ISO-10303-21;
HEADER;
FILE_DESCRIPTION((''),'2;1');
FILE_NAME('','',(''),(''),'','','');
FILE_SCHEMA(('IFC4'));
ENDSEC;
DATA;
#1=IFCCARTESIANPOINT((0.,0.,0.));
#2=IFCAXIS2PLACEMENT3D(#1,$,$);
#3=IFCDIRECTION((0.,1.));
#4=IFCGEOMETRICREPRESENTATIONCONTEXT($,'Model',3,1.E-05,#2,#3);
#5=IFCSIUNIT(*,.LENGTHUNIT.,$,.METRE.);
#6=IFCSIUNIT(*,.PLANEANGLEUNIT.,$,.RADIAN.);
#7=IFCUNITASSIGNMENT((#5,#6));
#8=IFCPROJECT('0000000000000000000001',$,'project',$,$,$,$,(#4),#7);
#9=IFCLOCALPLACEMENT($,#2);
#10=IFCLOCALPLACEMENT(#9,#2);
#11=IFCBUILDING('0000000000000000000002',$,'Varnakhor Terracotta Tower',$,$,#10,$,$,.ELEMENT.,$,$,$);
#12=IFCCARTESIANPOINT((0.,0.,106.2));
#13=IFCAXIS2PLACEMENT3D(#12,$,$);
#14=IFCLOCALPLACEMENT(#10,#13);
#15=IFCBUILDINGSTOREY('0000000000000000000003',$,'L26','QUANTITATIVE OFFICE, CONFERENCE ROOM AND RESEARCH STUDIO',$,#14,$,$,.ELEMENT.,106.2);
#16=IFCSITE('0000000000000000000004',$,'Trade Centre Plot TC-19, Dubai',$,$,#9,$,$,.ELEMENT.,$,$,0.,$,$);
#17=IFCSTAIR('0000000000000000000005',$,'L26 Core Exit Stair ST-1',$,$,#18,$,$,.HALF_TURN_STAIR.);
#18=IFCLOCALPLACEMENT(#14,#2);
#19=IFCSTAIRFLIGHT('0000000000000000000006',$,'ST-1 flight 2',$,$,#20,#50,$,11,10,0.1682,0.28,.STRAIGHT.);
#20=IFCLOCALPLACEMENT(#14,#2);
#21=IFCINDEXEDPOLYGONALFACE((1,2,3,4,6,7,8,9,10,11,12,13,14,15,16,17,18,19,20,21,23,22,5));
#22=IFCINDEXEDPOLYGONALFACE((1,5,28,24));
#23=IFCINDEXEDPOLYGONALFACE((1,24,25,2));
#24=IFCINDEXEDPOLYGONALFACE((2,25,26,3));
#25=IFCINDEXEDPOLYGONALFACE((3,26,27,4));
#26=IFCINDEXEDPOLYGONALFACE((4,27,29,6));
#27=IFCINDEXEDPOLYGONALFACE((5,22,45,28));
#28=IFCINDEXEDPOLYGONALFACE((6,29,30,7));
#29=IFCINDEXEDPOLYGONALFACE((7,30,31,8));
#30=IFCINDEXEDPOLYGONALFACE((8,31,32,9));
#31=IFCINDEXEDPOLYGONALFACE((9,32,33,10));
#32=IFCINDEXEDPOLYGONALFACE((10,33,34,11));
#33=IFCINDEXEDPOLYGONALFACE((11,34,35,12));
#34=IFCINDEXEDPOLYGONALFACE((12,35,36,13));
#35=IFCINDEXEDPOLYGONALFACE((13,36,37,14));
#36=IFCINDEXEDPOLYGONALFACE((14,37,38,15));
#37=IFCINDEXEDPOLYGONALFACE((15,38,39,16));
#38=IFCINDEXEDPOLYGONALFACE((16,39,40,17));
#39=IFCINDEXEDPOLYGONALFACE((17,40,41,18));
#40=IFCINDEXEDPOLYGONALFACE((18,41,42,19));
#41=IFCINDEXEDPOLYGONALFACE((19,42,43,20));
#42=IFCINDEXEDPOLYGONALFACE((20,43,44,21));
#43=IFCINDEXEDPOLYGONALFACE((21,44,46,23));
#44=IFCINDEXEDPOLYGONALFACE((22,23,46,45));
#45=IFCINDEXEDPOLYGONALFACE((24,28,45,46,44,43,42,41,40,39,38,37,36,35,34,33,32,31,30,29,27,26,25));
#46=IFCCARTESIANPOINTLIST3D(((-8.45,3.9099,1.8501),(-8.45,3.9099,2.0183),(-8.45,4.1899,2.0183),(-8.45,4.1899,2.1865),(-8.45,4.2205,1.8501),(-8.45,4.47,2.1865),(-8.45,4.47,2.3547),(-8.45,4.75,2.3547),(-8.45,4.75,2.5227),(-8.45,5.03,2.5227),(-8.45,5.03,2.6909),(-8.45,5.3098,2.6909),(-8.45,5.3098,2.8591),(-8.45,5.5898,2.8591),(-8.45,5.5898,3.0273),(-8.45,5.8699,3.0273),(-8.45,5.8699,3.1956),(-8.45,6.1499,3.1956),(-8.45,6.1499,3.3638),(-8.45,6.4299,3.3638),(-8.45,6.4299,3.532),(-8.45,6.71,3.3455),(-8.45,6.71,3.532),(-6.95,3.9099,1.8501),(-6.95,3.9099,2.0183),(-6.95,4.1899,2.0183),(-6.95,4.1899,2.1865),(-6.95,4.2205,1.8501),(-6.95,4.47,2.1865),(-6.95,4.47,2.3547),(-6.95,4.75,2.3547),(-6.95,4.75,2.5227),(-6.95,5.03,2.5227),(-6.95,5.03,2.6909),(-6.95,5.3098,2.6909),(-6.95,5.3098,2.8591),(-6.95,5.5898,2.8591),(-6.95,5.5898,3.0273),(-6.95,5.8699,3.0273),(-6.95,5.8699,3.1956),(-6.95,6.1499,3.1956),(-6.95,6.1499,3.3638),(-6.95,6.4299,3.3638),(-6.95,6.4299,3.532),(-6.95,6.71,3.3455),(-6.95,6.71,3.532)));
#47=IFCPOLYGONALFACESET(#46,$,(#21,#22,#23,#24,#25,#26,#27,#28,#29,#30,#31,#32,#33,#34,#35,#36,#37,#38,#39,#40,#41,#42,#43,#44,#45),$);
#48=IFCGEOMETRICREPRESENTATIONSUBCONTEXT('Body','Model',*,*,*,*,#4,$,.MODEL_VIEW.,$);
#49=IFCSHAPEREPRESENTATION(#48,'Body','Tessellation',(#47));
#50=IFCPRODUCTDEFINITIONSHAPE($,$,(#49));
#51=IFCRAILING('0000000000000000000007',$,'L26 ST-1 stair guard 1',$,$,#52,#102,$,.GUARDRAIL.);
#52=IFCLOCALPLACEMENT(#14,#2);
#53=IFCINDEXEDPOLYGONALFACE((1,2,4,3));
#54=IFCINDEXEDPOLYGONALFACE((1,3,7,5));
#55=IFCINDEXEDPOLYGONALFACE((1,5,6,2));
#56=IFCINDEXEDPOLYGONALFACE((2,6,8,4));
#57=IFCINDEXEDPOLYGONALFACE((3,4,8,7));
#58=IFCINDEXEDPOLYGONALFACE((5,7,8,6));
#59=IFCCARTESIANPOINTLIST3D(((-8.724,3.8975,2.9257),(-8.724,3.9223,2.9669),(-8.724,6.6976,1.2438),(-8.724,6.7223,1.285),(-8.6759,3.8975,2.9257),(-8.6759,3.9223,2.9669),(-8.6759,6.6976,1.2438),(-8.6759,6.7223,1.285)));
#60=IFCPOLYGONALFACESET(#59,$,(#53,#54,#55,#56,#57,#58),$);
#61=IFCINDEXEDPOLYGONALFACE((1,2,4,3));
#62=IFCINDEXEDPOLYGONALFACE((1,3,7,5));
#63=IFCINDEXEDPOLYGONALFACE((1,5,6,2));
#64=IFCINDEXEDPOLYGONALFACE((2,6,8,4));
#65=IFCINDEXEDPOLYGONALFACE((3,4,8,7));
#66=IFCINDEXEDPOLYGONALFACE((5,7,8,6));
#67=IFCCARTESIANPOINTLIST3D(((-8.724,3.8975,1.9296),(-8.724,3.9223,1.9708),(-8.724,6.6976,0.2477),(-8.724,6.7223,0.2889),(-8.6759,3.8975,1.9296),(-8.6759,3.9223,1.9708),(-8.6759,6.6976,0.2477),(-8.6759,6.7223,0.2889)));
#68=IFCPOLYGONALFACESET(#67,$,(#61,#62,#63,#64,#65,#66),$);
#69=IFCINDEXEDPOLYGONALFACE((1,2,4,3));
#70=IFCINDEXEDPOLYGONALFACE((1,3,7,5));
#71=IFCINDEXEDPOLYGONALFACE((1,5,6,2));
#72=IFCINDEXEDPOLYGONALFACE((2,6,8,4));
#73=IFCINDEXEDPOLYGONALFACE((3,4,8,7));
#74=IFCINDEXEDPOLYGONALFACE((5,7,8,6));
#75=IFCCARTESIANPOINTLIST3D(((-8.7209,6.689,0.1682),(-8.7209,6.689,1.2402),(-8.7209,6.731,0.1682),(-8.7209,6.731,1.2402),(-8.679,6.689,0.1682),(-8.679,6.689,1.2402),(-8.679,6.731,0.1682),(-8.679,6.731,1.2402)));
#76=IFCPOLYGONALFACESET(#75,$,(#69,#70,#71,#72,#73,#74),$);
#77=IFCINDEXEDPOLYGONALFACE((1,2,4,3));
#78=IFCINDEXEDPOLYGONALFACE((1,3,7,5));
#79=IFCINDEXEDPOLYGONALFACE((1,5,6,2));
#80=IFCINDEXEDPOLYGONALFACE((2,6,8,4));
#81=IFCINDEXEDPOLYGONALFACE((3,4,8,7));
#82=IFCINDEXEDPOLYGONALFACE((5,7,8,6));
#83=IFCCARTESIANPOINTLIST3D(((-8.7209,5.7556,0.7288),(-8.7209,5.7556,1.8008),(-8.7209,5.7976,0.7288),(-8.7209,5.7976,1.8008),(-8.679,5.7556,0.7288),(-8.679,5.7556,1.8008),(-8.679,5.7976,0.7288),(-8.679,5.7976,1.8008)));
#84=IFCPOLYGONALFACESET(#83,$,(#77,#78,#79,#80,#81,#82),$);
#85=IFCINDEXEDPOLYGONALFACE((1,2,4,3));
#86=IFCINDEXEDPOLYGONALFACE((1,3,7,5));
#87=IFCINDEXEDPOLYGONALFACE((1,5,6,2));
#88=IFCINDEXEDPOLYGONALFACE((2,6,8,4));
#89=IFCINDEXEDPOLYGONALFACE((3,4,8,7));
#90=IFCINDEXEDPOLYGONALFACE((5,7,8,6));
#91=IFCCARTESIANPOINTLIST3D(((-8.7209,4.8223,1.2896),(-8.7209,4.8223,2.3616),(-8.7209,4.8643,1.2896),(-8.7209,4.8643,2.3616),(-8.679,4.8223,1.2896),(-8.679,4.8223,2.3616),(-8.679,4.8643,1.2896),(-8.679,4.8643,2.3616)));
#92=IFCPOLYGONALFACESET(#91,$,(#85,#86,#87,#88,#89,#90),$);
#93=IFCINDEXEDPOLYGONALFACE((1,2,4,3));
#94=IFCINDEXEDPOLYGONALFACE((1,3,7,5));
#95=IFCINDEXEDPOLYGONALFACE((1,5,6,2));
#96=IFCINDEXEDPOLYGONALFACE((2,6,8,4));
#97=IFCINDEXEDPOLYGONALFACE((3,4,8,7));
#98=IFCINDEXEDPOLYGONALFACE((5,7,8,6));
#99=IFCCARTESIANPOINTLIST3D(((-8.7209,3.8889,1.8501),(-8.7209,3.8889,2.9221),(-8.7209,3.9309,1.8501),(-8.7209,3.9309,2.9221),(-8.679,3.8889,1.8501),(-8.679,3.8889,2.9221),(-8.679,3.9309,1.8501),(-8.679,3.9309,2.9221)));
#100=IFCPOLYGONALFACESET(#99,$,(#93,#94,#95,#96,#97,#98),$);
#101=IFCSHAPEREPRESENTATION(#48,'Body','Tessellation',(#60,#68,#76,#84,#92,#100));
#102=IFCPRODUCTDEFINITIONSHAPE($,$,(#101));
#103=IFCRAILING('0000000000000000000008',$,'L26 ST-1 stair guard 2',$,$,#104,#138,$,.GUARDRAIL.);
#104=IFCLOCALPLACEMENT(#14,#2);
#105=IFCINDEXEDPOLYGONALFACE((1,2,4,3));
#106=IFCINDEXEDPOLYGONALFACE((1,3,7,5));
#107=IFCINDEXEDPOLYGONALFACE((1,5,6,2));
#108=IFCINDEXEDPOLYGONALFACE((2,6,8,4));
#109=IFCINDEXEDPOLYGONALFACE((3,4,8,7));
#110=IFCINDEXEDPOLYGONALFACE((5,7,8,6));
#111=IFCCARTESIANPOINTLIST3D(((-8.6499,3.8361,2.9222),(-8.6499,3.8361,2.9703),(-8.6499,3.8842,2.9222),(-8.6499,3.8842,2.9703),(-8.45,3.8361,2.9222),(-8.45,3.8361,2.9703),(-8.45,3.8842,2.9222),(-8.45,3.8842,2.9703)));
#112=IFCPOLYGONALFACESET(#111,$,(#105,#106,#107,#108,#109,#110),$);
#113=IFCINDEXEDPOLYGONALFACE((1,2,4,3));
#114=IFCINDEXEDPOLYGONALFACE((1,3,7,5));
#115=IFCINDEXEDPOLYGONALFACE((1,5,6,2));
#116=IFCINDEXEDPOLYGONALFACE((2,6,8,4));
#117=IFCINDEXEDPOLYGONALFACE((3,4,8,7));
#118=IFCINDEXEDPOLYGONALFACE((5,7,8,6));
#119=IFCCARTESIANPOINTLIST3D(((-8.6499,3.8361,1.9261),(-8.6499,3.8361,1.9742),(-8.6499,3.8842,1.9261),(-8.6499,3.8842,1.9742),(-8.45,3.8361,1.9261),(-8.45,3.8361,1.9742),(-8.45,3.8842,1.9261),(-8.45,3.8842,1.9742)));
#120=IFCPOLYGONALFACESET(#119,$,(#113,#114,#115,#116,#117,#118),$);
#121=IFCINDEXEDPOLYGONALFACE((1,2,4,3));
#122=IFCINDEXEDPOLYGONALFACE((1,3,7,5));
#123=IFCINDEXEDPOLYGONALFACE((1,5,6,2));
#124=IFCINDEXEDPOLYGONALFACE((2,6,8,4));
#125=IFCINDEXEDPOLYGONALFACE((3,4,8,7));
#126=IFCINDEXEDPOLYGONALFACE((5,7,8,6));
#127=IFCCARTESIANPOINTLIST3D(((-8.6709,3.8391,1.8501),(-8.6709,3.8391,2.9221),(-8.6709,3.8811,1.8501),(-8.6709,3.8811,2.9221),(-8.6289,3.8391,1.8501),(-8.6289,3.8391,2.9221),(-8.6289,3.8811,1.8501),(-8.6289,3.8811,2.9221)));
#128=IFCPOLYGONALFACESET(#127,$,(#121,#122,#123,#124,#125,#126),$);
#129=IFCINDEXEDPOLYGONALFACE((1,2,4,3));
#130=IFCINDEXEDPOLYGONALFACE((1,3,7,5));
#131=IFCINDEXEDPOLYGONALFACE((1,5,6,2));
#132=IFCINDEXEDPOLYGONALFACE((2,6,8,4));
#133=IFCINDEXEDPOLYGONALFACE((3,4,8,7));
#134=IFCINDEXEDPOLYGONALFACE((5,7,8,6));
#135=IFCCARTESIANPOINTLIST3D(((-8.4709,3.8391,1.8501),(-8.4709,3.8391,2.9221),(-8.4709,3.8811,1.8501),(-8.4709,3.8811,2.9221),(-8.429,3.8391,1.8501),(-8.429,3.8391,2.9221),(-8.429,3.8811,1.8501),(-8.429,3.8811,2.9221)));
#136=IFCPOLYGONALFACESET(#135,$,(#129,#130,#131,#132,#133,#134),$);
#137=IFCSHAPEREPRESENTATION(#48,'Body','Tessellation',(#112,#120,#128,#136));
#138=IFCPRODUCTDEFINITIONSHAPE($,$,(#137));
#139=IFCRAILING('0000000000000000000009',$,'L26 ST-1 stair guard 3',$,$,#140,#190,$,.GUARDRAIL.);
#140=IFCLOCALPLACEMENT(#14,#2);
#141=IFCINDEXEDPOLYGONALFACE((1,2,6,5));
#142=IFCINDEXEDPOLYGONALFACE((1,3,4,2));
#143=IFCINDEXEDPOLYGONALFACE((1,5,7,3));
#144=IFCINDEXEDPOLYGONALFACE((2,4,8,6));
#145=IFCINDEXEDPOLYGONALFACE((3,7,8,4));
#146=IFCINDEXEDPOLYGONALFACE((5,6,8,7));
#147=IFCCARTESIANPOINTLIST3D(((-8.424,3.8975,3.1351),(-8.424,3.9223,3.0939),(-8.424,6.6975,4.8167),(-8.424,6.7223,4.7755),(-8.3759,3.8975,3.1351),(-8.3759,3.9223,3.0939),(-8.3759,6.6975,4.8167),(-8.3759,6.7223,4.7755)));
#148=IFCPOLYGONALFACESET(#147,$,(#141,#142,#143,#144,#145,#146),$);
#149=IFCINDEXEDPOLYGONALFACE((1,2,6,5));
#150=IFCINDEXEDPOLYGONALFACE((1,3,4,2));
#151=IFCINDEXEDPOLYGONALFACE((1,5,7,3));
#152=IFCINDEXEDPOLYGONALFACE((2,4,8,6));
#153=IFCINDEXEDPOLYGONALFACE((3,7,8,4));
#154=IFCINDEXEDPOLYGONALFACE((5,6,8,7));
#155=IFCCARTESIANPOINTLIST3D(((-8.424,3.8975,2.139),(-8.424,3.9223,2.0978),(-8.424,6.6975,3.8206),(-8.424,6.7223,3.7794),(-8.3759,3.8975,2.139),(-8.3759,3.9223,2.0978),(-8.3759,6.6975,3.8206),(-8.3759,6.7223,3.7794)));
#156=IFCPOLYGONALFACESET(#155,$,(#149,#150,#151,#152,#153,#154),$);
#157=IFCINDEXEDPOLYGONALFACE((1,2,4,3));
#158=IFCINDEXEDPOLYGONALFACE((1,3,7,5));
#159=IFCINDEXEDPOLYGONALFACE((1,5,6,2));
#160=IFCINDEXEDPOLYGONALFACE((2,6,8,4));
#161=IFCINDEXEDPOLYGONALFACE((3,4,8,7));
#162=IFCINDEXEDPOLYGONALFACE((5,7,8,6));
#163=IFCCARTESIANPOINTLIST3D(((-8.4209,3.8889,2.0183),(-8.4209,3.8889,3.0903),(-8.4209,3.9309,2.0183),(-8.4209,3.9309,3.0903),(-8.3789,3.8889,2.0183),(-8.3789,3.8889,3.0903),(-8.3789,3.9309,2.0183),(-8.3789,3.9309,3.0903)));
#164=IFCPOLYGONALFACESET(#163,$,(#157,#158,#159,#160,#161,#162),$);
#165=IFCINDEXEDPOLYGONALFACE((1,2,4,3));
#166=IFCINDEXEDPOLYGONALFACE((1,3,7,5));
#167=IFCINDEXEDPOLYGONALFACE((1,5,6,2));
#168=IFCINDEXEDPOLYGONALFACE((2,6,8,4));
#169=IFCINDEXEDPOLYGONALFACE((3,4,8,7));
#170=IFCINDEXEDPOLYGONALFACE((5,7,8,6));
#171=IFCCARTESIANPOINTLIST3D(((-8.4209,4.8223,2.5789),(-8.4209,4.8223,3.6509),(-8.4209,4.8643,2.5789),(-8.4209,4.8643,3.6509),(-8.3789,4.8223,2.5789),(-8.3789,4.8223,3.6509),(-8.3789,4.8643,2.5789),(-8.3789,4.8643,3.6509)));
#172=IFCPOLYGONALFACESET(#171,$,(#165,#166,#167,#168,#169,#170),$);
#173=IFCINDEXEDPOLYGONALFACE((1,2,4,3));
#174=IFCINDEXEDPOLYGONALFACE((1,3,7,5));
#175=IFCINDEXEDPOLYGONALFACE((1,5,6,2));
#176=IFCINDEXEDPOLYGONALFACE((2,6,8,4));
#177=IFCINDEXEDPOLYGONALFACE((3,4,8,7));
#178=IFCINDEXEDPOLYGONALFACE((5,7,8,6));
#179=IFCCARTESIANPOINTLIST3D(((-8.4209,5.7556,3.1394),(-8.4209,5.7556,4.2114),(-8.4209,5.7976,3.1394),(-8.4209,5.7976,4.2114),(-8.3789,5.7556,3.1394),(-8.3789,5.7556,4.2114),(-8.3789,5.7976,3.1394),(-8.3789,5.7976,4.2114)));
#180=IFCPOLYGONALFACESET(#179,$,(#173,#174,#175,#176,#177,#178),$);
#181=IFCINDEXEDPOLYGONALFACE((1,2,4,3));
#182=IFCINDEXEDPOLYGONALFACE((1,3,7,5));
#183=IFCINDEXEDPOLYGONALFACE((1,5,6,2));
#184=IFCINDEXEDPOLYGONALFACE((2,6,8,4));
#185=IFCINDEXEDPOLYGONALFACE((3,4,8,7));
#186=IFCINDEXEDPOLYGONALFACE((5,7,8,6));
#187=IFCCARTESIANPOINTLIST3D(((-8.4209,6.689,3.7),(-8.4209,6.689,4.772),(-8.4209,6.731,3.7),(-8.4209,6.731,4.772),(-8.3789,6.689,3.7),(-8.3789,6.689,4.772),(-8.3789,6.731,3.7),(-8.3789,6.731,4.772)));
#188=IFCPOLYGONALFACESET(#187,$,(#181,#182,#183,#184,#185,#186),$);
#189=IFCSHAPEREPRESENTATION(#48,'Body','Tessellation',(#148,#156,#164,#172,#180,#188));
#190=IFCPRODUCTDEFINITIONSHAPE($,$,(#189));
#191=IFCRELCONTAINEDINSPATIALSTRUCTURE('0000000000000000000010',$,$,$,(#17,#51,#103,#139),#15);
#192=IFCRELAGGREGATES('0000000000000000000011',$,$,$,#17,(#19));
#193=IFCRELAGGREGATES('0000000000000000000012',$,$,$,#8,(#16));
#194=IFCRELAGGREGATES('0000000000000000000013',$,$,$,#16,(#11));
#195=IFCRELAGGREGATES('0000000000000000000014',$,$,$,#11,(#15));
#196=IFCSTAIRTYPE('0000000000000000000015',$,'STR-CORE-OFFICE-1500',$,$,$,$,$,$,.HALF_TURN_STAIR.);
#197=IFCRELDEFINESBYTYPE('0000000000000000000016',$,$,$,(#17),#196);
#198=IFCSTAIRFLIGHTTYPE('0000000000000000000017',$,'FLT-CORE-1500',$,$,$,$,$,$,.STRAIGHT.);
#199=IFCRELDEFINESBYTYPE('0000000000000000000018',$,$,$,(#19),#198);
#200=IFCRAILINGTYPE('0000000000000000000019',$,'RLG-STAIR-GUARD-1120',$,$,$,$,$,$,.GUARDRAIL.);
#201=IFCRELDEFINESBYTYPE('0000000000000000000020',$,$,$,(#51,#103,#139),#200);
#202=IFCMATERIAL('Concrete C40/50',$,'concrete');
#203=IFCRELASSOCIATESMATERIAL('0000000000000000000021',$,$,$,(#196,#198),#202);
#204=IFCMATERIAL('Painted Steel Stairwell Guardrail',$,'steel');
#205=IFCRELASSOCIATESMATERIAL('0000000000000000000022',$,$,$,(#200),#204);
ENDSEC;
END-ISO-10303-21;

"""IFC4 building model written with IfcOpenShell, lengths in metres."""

from ifc_helpers import new_model, si_unit, direction, frame, origin, origin_2d, place, context, subcontext, project, spatial, polyline, rectangle, outline, extrude, material, type_object, element, aggregate, save


model = new_model("IFC4")

# Units and contexts
model_context = context("Model", 3, precision=1e-05, world=origin(), true_north=direction((0.0, 1.0)))
body_context = subcontext(model_context, "Body", "Model", "MODEL_VIEW")
ifc_project = project(units=[si_unit("LENGTHUNIT", "METRE"), si_unit("PLANEANGLEUNIT", "RADIAN")], contexts=[model_context])

# Site, building, storey
site_placement = place(None, origin())
site = spatial("IfcSite", under=ifc_project, at=site_placement, Name="Trade Centre Plot TC-19, Dubai", CompositionType="ELEMENT", RefElevation=0.0)
building_placement = place(site_placement, origin())
building = spatial("IfcBuilding", under=site, at=building_placement, Name="Varnakhor Terracotta Tower", CompositionType="ELEMENT")
storey_placement = place(building_placement, frame((0.0, 0.0, 106.2)))
storey = spatial("IfcBuildingStorey", under=building, at=storey_placement, Name="L26", Description="QUANTITATIVE OFFICE, CONFERENCE ROOM AND RESEARCH STUDIO", CompositionType="ELEMENT", Elevation=106.2)

# Shared definitions
ifc_material_1 = material(Name="Concrete C40/50", Category="concrete")

# Stair, stair flight
stair_type = type_object("IfcStairType", Name="STR-CORE-OFFICE-1500", PredefinedType="HALF_TURN_STAIR", material=ifc_material_1)
stair_placement = place(storey_placement, origin())
stair = element("IfcStair", 1, at=stair_placement, inside=storey, type_object=stair_type, Name="L26 Core Exit Stair ST-1", PredefinedType="HALF_TURN_STAIR")
stair_flight_type = type_object("IfcStairFlightType", Name="FLT-CORE-1500", PredefinedType="STRAIGHT", material=ifc_material_1)
stair_flight_1_placement = place(storey_placement, frame((-7.7, 3.9099, 1.8501), z_axis=(0.0, 0.0, 1.0), x_axis=(0.0, 1.0, 0.0)))
stair_flight_1 = element("IfcStairFlight", 2, at=stair_flight_1_placement, type_object=stair_flight_type, Name="ST-1 flight 2", NumberOfRisers=11, NumberOfTreads=10, PredefinedType="STRAIGHT", RiserHeight=0.1682, TreadLength=0.28, context=body_context, shape_type="SweptSolid", body=[
    extrude(outline(polyline([(0.0, 0.0), (0.0, 0.1682), (0.28, 0.1682), (0.28, 0.3364), (0.5601, 0.3364), (0.5601, 0.5046), (0.8401, 0.5046), (0.8401, 0.6726), (1.1201, 0.6726), (1.1201, 0.8408), (1.3999, 0.8408), (1.3999, 1.009), (1.6799, 1.009), (1.6799, 1.1772), (1.96, 1.1772), (1.96, 1.3455), (2.24, 1.3455), (2.24, 1.5137), (2.52, 1.5137), (2.52, 1.6819), (2.8, 1.6819), (2.8, 1.8501), (2.8, 1.4954), (0.3105, 0.0), (0.0, 0.0)])), frame((0.0, 0.75, 0.0), z_axis=(0.0, -1.0, 0.0), x_axis=(1.0, 0.0, 0.0)), (0.0, 0.0, 1.0), 1.5),
])
aggregate(stair, [stair_flight_1])

# Railings
ifc_material_2 = material(Name="Painted Steel Stairwell Guardrail", Category="steel")
railing_type_1 = type_object("IfcRailingType", Name="RLG-STAIR-GUARD-1120", PredefinedType="GUARDRAIL", material=ifc_material_2)
railing_1_placement = place(storey_placement, frame((-8.7, 6.71, 0.1682)))
element("IfcRailing", 3, at=railing_1_placement, inside=storey, type_object=railing_type_1, Name="L26 ST-1 stair guard 1", PredefinedType="GUARDRAIL", context=body_context, shape_type="SweptSolid", body=[
    extrude(rectangle(XDim=0.0481, YDim=0.0481, at=origin_2d()), frame((0.0, 0.0, 1.0962), z_axis=(0.0, -0.857242, 0.514913), x_axis=(1.0, 0.0, 0.0)), (0.0, 0.0, 1.0), 3.2664),
    extrude(rectangle(XDim=0.0481, YDim=0.0481, at=origin_2d()), frame((0.0, 0.0, 0.1001), z_axis=(0.0, -0.857242, 0.514913), x_axis=(1.0, 0.0, 0.0)), (0.0, 0.0, 1.0), 3.2664),
    extrude(rectangle(XDim=0.042, YDim=0.042, at=origin_2d()), origin(), (0.0, 0.0, 1.0), 1.072),
    extrude(rectangle(XDim=0.042, YDim=0.042, at=origin_2d()), frame((0.0, -0.9333, 0.5605)), (0.0, 0.0, 1.0), 1.072),
    extrude(rectangle(XDim=0.042, YDim=0.042, at=origin_2d()), frame((0.0, -1.8667, 1.1213)), (0.0, 0.0, 1.0), 1.072),
    extrude(rectangle(XDim=0.042, YDim=0.042, at=origin_2d()), frame((0.0, -2.8, 1.6819)), (0.0, 0.0, 1.0), 1.072),
])
railing_2_placement = place(storey_placement, frame((-8.6499, 3.8601, 1.8501)))
element("IfcRailing", 4, at=railing_2_placement, inside=storey, type_object=railing_type_1, Name="L26 ST-1 stair guard 2", PredefinedType="GUARDRAIL", context=body_context, shape_type="SweptSolid", body=[
    extrude(rectangle(XDim=0.0481, YDim=0.0481, at=origin_2d()), frame((0.0, 0.0, 1.0962), z_axis=(1.0, 0.0, 0.0), x_axis=(0.0, 1.0, 0.0)), (0.0, 0.0, 1.0), 0.2),
    extrude(rectangle(XDim=0.0481, YDim=0.0481, at=origin_2d()), frame((0.0, 0.0, 0.1001), z_axis=(1.0, 0.0, 0.0), x_axis=(0.0, 1.0, 0.0)), (0.0, 0.0, 1.0), 0.2),
    extrude(rectangle(XDim=0.042, YDim=0.042, at=origin_2d()), origin(), (0.0, 0.0, 1.0), 1.072),
    extrude(rectangle(XDim=0.042, YDim=0.042, at=origin_2d()), frame((0.2, 0.0, 0.0)), (0.0, 0.0, 1.0), 1.072),
])
railing_3_placement = place(storey_placement, frame((-8.3999, 3.9099, 2.0183)))
element("IfcRailing", 5, at=railing_3_placement, inside=storey, type_object=railing_type_1, Name="L26 ST-1 stair guard 3", PredefinedType="GUARDRAIL", context=body_context, shape_type="SweptSolid", body=[
    extrude(rectangle(XDim=0.0481, YDim=0.0481, at=origin_2d()), frame((0.0, 0.0, 1.0962), z_axis=(0.0, 0.857275, 0.514858), x_axis=(-1.0, 0.0, 0.0)), (0.0, 0.0, 1.0), 3.2661),
    extrude(rectangle(XDim=0.0481, YDim=0.0481, at=origin_2d()), frame((0.0, 0.0, 0.1001), z_axis=(0.0, 0.857275, 0.514858), x_axis=(-1.0, 0.0, 0.0)), (0.0, 0.0, 1.0), 3.2661),
    extrude(rectangle(XDim=0.042, YDim=0.042, at=origin_2d()), origin(), (0.0, 0.0, 1.0), 1.072),
    extrude(rectangle(XDim=0.042, YDim=0.042, at=origin_2d()), frame((0.0, 0.9333, 0.5605)), (0.0, 0.0, 1.0), 1.072),
    extrude(rectangle(XDim=0.042, YDim=0.042, at=origin_2d()), frame((0.0, 1.8667, 1.1211)), (0.0, 0.0, 1.0), 1.072),
    extrude(rectangle(XDim=0.042, YDim=0.042, at=origin_2d()), frame((0.0, 2.8, 1.6816)), (0.0, 0.0, 1.0), 1.072),
])

save(model, "model.ifc")
